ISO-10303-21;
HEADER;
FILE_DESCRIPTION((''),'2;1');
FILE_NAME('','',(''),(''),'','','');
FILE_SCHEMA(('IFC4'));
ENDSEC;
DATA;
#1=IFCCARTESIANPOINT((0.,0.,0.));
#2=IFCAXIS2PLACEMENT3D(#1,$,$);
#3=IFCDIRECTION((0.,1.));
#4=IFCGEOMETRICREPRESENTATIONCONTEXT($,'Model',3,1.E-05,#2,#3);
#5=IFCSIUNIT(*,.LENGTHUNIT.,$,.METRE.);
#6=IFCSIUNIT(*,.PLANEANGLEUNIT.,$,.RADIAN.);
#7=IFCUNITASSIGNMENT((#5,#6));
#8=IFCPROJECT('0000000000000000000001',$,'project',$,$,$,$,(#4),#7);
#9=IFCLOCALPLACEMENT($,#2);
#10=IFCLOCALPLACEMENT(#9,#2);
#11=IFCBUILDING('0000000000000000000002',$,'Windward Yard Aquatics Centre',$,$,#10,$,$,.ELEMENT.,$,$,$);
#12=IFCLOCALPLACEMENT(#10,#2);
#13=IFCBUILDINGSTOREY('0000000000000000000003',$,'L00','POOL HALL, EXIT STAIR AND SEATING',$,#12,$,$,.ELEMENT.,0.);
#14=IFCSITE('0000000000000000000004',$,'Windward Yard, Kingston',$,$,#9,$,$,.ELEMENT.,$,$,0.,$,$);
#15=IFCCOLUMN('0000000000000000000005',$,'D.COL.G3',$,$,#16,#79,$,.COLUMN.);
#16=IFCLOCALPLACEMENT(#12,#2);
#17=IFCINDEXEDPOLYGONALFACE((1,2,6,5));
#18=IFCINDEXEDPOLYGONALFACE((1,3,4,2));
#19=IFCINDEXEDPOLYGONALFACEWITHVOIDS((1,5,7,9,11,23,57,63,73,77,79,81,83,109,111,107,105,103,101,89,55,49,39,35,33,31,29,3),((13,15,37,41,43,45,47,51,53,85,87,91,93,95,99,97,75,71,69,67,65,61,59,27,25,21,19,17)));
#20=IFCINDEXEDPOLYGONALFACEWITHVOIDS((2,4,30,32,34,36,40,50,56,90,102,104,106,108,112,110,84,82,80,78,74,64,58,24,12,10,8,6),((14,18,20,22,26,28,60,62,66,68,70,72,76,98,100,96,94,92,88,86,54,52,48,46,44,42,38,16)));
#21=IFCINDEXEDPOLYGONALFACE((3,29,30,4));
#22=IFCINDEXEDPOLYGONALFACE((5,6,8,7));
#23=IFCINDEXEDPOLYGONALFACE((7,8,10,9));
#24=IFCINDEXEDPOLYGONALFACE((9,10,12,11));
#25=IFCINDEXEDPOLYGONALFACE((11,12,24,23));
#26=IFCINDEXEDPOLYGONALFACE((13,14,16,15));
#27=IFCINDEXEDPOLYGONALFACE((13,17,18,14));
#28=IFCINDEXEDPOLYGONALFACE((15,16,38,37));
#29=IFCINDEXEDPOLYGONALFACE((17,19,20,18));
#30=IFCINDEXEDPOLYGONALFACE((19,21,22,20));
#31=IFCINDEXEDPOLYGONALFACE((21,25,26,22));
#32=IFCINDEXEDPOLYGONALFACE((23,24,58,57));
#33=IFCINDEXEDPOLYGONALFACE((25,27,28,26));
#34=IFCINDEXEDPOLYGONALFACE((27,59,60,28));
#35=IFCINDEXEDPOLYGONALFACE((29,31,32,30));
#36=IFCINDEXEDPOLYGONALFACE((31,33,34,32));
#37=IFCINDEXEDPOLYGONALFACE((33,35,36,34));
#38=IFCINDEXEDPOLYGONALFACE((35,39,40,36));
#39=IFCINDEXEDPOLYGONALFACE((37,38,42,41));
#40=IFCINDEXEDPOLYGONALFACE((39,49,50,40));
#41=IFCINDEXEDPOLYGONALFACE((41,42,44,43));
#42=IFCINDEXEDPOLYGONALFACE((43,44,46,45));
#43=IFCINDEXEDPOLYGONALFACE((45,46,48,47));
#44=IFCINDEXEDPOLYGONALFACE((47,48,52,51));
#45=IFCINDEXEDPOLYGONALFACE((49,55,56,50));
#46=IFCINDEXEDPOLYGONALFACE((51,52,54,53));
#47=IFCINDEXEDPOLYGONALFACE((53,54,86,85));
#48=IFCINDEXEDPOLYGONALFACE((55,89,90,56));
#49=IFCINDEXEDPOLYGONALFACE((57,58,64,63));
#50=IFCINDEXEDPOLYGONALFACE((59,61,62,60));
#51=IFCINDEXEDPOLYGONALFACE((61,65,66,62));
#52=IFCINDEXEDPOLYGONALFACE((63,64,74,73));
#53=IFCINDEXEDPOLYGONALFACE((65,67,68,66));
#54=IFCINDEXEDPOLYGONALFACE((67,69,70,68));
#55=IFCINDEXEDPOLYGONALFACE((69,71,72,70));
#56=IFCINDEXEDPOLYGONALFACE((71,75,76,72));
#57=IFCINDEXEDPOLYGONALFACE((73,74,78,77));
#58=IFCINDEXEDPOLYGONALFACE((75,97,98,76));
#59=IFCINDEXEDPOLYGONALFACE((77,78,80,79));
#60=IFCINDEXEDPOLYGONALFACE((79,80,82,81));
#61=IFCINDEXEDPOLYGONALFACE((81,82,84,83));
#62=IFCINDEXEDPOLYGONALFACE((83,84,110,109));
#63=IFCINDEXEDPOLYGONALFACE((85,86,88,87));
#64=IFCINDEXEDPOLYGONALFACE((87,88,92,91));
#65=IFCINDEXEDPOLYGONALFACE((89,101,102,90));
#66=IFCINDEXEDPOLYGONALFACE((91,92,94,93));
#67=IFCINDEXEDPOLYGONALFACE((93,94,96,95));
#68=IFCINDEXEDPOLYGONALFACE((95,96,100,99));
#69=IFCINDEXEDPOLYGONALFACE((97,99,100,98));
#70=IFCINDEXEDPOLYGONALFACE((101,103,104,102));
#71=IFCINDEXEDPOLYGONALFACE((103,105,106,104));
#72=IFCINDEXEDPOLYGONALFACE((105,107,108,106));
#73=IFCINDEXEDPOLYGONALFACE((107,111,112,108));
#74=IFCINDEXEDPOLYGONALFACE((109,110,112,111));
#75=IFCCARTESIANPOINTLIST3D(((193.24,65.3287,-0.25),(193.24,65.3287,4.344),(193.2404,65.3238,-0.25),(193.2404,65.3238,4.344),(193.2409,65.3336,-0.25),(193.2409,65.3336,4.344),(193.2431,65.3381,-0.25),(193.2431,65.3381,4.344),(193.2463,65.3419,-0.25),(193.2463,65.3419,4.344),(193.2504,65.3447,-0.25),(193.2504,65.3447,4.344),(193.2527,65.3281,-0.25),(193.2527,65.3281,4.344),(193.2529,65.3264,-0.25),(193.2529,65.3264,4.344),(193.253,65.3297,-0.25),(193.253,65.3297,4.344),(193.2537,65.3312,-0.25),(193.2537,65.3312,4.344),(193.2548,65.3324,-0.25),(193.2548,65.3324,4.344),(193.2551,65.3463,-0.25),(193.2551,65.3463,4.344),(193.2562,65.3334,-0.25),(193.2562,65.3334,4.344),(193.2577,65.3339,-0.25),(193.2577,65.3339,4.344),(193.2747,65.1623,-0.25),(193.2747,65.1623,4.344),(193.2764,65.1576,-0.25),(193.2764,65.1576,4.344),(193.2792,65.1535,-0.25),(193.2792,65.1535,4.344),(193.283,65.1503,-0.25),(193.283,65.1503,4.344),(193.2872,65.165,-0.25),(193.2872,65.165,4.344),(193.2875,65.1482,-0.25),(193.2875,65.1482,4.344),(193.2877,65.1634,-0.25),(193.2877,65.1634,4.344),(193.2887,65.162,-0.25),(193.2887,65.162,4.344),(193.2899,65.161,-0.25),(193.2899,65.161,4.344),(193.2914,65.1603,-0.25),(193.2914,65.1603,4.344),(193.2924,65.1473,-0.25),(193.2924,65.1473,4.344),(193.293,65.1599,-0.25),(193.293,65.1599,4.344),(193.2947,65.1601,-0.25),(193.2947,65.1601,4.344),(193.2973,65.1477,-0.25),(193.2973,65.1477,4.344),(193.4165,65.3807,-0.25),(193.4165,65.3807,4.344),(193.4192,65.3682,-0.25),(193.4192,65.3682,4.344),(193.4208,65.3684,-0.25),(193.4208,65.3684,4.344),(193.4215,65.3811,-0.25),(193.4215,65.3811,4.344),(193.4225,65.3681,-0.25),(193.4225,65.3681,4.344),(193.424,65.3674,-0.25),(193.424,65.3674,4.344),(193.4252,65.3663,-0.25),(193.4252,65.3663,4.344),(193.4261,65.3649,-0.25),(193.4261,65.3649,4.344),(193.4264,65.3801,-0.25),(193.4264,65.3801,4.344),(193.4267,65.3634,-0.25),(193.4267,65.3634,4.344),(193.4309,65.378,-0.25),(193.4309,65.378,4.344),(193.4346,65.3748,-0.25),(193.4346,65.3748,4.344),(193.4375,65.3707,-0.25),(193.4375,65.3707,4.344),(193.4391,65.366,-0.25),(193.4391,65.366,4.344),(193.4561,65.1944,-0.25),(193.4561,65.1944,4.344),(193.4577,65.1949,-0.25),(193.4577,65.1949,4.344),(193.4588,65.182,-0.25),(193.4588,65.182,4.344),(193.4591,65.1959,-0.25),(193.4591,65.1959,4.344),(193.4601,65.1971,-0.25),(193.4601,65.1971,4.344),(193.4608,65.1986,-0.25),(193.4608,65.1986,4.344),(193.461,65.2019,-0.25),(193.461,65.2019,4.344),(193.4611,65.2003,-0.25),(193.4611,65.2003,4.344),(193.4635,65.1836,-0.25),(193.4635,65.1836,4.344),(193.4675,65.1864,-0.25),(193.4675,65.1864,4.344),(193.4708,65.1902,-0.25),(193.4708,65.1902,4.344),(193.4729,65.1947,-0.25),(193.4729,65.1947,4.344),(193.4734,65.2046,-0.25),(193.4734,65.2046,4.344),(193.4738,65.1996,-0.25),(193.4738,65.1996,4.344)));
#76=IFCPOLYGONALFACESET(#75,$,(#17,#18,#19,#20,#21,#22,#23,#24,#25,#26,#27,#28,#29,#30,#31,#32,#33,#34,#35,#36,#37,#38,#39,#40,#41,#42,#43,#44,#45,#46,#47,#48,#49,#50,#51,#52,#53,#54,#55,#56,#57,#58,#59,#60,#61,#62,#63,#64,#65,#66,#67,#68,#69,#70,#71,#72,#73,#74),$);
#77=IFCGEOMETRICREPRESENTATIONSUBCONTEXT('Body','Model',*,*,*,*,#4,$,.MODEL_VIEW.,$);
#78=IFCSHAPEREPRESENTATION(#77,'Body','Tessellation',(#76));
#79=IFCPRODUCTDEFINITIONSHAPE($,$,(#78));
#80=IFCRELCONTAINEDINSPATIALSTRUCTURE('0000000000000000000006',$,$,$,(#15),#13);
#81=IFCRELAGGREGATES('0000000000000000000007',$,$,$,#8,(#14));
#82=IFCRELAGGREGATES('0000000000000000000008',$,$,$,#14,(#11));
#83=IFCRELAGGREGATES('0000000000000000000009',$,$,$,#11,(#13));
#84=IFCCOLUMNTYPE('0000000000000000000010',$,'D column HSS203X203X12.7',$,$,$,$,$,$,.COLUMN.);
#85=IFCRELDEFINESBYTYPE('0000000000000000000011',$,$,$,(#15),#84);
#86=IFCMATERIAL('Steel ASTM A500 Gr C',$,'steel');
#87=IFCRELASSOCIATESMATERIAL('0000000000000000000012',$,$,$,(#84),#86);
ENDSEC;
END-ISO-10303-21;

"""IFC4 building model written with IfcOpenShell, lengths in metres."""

from ifc_helpers import new_model, si_unit, direction, frame, origin, origin_2d, place, context, subcontext, project, spatial, hollow_rectangle, extrude, material, material_profile, profile_set, type_object, element, save


model = new_model("IFC4")

# Units and contexts
model_context = context("Model", 3, precision=1e-05, world=origin(), true_north=direction((0.0, 1.0)))
body_context = subcontext(model_context, "Body", "Model", "MODEL_VIEW")
ifc_project = project(units=[si_unit("LENGTHUNIT", "METRE"), si_unit("PLANEANGLEUNIT", "RADIAN")], contexts=[model_context])

# Site, building, storey
site_placement = place(None, origin())
site = spatial("IfcSite", under=ifc_project, at=site_placement, Name="Windward Yard, Kingston", CompositionType="ELEMENT", RefElevation=0.0)
building_placement = place(site_placement, origin())
building = spatial("IfcBuilding", under=site, at=building_placement, Name="Windward Yard Aquatics Centre", CompositionType="ELEMENT")
storey_placement = place(building_placement, origin())
storey = spatial("IfcBuildingStorey", under=building, at=storey_placement, Name="L00", Description="POOL HALL, EXIT STAIR AND SEATING", CompositionType="ELEMENT", Elevation=0.0)

# Column
ifc_material_1 = material(Name="Steel ASTM A500 Gr C", Category="steel")
ifc_material_profile_1 = material_profile(ifc_material_1, hollow_rectangle(XDim=0.2031, YDim=0.2031, WallThickness=0.0127, InnerFilletRadius=0.0063, OuterFilletRadius=0.019, at=origin_2d()), Name="HSS203X203X12.7")
ifc_profile_set_1 = profile_set([ifc_material_profile_1], Name="Steel ASTM A500 Gr C")
column_type = type_object("IfcColumnType", Name="D column HSS203X203X12.7", PredefinedType="COLUMN", material=ifc_profile_set_1)
for number, where, z_axis, x_axis, name in (
    (1, (193.3569, 65.2642, -0.25), (0.0, 0.0, 1.0), (0.978148, 0.207912, 0.0), "D.COL.G3"),
):
    element("IfcColumn", number, at=place(storey_placement, frame(where, z_axis=z_axis, x_axis=x_axis)), inside=storey, type_object=column_type, Name=name, PredefinedType="COLUMN", context=body_context, shape_type="SweptSolid", body=[
        extrude(hollow_rectangle(XDim=0.2031, YDim=0.2031, WallThickness=0.0127, InnerFilletRadius=0.0063, OuterFilletRadius=0.019, at=origin_2d()), origin(), (0.0, 0.0, 1.0), 4.594),
    ])

save(model, "model.ifc")
